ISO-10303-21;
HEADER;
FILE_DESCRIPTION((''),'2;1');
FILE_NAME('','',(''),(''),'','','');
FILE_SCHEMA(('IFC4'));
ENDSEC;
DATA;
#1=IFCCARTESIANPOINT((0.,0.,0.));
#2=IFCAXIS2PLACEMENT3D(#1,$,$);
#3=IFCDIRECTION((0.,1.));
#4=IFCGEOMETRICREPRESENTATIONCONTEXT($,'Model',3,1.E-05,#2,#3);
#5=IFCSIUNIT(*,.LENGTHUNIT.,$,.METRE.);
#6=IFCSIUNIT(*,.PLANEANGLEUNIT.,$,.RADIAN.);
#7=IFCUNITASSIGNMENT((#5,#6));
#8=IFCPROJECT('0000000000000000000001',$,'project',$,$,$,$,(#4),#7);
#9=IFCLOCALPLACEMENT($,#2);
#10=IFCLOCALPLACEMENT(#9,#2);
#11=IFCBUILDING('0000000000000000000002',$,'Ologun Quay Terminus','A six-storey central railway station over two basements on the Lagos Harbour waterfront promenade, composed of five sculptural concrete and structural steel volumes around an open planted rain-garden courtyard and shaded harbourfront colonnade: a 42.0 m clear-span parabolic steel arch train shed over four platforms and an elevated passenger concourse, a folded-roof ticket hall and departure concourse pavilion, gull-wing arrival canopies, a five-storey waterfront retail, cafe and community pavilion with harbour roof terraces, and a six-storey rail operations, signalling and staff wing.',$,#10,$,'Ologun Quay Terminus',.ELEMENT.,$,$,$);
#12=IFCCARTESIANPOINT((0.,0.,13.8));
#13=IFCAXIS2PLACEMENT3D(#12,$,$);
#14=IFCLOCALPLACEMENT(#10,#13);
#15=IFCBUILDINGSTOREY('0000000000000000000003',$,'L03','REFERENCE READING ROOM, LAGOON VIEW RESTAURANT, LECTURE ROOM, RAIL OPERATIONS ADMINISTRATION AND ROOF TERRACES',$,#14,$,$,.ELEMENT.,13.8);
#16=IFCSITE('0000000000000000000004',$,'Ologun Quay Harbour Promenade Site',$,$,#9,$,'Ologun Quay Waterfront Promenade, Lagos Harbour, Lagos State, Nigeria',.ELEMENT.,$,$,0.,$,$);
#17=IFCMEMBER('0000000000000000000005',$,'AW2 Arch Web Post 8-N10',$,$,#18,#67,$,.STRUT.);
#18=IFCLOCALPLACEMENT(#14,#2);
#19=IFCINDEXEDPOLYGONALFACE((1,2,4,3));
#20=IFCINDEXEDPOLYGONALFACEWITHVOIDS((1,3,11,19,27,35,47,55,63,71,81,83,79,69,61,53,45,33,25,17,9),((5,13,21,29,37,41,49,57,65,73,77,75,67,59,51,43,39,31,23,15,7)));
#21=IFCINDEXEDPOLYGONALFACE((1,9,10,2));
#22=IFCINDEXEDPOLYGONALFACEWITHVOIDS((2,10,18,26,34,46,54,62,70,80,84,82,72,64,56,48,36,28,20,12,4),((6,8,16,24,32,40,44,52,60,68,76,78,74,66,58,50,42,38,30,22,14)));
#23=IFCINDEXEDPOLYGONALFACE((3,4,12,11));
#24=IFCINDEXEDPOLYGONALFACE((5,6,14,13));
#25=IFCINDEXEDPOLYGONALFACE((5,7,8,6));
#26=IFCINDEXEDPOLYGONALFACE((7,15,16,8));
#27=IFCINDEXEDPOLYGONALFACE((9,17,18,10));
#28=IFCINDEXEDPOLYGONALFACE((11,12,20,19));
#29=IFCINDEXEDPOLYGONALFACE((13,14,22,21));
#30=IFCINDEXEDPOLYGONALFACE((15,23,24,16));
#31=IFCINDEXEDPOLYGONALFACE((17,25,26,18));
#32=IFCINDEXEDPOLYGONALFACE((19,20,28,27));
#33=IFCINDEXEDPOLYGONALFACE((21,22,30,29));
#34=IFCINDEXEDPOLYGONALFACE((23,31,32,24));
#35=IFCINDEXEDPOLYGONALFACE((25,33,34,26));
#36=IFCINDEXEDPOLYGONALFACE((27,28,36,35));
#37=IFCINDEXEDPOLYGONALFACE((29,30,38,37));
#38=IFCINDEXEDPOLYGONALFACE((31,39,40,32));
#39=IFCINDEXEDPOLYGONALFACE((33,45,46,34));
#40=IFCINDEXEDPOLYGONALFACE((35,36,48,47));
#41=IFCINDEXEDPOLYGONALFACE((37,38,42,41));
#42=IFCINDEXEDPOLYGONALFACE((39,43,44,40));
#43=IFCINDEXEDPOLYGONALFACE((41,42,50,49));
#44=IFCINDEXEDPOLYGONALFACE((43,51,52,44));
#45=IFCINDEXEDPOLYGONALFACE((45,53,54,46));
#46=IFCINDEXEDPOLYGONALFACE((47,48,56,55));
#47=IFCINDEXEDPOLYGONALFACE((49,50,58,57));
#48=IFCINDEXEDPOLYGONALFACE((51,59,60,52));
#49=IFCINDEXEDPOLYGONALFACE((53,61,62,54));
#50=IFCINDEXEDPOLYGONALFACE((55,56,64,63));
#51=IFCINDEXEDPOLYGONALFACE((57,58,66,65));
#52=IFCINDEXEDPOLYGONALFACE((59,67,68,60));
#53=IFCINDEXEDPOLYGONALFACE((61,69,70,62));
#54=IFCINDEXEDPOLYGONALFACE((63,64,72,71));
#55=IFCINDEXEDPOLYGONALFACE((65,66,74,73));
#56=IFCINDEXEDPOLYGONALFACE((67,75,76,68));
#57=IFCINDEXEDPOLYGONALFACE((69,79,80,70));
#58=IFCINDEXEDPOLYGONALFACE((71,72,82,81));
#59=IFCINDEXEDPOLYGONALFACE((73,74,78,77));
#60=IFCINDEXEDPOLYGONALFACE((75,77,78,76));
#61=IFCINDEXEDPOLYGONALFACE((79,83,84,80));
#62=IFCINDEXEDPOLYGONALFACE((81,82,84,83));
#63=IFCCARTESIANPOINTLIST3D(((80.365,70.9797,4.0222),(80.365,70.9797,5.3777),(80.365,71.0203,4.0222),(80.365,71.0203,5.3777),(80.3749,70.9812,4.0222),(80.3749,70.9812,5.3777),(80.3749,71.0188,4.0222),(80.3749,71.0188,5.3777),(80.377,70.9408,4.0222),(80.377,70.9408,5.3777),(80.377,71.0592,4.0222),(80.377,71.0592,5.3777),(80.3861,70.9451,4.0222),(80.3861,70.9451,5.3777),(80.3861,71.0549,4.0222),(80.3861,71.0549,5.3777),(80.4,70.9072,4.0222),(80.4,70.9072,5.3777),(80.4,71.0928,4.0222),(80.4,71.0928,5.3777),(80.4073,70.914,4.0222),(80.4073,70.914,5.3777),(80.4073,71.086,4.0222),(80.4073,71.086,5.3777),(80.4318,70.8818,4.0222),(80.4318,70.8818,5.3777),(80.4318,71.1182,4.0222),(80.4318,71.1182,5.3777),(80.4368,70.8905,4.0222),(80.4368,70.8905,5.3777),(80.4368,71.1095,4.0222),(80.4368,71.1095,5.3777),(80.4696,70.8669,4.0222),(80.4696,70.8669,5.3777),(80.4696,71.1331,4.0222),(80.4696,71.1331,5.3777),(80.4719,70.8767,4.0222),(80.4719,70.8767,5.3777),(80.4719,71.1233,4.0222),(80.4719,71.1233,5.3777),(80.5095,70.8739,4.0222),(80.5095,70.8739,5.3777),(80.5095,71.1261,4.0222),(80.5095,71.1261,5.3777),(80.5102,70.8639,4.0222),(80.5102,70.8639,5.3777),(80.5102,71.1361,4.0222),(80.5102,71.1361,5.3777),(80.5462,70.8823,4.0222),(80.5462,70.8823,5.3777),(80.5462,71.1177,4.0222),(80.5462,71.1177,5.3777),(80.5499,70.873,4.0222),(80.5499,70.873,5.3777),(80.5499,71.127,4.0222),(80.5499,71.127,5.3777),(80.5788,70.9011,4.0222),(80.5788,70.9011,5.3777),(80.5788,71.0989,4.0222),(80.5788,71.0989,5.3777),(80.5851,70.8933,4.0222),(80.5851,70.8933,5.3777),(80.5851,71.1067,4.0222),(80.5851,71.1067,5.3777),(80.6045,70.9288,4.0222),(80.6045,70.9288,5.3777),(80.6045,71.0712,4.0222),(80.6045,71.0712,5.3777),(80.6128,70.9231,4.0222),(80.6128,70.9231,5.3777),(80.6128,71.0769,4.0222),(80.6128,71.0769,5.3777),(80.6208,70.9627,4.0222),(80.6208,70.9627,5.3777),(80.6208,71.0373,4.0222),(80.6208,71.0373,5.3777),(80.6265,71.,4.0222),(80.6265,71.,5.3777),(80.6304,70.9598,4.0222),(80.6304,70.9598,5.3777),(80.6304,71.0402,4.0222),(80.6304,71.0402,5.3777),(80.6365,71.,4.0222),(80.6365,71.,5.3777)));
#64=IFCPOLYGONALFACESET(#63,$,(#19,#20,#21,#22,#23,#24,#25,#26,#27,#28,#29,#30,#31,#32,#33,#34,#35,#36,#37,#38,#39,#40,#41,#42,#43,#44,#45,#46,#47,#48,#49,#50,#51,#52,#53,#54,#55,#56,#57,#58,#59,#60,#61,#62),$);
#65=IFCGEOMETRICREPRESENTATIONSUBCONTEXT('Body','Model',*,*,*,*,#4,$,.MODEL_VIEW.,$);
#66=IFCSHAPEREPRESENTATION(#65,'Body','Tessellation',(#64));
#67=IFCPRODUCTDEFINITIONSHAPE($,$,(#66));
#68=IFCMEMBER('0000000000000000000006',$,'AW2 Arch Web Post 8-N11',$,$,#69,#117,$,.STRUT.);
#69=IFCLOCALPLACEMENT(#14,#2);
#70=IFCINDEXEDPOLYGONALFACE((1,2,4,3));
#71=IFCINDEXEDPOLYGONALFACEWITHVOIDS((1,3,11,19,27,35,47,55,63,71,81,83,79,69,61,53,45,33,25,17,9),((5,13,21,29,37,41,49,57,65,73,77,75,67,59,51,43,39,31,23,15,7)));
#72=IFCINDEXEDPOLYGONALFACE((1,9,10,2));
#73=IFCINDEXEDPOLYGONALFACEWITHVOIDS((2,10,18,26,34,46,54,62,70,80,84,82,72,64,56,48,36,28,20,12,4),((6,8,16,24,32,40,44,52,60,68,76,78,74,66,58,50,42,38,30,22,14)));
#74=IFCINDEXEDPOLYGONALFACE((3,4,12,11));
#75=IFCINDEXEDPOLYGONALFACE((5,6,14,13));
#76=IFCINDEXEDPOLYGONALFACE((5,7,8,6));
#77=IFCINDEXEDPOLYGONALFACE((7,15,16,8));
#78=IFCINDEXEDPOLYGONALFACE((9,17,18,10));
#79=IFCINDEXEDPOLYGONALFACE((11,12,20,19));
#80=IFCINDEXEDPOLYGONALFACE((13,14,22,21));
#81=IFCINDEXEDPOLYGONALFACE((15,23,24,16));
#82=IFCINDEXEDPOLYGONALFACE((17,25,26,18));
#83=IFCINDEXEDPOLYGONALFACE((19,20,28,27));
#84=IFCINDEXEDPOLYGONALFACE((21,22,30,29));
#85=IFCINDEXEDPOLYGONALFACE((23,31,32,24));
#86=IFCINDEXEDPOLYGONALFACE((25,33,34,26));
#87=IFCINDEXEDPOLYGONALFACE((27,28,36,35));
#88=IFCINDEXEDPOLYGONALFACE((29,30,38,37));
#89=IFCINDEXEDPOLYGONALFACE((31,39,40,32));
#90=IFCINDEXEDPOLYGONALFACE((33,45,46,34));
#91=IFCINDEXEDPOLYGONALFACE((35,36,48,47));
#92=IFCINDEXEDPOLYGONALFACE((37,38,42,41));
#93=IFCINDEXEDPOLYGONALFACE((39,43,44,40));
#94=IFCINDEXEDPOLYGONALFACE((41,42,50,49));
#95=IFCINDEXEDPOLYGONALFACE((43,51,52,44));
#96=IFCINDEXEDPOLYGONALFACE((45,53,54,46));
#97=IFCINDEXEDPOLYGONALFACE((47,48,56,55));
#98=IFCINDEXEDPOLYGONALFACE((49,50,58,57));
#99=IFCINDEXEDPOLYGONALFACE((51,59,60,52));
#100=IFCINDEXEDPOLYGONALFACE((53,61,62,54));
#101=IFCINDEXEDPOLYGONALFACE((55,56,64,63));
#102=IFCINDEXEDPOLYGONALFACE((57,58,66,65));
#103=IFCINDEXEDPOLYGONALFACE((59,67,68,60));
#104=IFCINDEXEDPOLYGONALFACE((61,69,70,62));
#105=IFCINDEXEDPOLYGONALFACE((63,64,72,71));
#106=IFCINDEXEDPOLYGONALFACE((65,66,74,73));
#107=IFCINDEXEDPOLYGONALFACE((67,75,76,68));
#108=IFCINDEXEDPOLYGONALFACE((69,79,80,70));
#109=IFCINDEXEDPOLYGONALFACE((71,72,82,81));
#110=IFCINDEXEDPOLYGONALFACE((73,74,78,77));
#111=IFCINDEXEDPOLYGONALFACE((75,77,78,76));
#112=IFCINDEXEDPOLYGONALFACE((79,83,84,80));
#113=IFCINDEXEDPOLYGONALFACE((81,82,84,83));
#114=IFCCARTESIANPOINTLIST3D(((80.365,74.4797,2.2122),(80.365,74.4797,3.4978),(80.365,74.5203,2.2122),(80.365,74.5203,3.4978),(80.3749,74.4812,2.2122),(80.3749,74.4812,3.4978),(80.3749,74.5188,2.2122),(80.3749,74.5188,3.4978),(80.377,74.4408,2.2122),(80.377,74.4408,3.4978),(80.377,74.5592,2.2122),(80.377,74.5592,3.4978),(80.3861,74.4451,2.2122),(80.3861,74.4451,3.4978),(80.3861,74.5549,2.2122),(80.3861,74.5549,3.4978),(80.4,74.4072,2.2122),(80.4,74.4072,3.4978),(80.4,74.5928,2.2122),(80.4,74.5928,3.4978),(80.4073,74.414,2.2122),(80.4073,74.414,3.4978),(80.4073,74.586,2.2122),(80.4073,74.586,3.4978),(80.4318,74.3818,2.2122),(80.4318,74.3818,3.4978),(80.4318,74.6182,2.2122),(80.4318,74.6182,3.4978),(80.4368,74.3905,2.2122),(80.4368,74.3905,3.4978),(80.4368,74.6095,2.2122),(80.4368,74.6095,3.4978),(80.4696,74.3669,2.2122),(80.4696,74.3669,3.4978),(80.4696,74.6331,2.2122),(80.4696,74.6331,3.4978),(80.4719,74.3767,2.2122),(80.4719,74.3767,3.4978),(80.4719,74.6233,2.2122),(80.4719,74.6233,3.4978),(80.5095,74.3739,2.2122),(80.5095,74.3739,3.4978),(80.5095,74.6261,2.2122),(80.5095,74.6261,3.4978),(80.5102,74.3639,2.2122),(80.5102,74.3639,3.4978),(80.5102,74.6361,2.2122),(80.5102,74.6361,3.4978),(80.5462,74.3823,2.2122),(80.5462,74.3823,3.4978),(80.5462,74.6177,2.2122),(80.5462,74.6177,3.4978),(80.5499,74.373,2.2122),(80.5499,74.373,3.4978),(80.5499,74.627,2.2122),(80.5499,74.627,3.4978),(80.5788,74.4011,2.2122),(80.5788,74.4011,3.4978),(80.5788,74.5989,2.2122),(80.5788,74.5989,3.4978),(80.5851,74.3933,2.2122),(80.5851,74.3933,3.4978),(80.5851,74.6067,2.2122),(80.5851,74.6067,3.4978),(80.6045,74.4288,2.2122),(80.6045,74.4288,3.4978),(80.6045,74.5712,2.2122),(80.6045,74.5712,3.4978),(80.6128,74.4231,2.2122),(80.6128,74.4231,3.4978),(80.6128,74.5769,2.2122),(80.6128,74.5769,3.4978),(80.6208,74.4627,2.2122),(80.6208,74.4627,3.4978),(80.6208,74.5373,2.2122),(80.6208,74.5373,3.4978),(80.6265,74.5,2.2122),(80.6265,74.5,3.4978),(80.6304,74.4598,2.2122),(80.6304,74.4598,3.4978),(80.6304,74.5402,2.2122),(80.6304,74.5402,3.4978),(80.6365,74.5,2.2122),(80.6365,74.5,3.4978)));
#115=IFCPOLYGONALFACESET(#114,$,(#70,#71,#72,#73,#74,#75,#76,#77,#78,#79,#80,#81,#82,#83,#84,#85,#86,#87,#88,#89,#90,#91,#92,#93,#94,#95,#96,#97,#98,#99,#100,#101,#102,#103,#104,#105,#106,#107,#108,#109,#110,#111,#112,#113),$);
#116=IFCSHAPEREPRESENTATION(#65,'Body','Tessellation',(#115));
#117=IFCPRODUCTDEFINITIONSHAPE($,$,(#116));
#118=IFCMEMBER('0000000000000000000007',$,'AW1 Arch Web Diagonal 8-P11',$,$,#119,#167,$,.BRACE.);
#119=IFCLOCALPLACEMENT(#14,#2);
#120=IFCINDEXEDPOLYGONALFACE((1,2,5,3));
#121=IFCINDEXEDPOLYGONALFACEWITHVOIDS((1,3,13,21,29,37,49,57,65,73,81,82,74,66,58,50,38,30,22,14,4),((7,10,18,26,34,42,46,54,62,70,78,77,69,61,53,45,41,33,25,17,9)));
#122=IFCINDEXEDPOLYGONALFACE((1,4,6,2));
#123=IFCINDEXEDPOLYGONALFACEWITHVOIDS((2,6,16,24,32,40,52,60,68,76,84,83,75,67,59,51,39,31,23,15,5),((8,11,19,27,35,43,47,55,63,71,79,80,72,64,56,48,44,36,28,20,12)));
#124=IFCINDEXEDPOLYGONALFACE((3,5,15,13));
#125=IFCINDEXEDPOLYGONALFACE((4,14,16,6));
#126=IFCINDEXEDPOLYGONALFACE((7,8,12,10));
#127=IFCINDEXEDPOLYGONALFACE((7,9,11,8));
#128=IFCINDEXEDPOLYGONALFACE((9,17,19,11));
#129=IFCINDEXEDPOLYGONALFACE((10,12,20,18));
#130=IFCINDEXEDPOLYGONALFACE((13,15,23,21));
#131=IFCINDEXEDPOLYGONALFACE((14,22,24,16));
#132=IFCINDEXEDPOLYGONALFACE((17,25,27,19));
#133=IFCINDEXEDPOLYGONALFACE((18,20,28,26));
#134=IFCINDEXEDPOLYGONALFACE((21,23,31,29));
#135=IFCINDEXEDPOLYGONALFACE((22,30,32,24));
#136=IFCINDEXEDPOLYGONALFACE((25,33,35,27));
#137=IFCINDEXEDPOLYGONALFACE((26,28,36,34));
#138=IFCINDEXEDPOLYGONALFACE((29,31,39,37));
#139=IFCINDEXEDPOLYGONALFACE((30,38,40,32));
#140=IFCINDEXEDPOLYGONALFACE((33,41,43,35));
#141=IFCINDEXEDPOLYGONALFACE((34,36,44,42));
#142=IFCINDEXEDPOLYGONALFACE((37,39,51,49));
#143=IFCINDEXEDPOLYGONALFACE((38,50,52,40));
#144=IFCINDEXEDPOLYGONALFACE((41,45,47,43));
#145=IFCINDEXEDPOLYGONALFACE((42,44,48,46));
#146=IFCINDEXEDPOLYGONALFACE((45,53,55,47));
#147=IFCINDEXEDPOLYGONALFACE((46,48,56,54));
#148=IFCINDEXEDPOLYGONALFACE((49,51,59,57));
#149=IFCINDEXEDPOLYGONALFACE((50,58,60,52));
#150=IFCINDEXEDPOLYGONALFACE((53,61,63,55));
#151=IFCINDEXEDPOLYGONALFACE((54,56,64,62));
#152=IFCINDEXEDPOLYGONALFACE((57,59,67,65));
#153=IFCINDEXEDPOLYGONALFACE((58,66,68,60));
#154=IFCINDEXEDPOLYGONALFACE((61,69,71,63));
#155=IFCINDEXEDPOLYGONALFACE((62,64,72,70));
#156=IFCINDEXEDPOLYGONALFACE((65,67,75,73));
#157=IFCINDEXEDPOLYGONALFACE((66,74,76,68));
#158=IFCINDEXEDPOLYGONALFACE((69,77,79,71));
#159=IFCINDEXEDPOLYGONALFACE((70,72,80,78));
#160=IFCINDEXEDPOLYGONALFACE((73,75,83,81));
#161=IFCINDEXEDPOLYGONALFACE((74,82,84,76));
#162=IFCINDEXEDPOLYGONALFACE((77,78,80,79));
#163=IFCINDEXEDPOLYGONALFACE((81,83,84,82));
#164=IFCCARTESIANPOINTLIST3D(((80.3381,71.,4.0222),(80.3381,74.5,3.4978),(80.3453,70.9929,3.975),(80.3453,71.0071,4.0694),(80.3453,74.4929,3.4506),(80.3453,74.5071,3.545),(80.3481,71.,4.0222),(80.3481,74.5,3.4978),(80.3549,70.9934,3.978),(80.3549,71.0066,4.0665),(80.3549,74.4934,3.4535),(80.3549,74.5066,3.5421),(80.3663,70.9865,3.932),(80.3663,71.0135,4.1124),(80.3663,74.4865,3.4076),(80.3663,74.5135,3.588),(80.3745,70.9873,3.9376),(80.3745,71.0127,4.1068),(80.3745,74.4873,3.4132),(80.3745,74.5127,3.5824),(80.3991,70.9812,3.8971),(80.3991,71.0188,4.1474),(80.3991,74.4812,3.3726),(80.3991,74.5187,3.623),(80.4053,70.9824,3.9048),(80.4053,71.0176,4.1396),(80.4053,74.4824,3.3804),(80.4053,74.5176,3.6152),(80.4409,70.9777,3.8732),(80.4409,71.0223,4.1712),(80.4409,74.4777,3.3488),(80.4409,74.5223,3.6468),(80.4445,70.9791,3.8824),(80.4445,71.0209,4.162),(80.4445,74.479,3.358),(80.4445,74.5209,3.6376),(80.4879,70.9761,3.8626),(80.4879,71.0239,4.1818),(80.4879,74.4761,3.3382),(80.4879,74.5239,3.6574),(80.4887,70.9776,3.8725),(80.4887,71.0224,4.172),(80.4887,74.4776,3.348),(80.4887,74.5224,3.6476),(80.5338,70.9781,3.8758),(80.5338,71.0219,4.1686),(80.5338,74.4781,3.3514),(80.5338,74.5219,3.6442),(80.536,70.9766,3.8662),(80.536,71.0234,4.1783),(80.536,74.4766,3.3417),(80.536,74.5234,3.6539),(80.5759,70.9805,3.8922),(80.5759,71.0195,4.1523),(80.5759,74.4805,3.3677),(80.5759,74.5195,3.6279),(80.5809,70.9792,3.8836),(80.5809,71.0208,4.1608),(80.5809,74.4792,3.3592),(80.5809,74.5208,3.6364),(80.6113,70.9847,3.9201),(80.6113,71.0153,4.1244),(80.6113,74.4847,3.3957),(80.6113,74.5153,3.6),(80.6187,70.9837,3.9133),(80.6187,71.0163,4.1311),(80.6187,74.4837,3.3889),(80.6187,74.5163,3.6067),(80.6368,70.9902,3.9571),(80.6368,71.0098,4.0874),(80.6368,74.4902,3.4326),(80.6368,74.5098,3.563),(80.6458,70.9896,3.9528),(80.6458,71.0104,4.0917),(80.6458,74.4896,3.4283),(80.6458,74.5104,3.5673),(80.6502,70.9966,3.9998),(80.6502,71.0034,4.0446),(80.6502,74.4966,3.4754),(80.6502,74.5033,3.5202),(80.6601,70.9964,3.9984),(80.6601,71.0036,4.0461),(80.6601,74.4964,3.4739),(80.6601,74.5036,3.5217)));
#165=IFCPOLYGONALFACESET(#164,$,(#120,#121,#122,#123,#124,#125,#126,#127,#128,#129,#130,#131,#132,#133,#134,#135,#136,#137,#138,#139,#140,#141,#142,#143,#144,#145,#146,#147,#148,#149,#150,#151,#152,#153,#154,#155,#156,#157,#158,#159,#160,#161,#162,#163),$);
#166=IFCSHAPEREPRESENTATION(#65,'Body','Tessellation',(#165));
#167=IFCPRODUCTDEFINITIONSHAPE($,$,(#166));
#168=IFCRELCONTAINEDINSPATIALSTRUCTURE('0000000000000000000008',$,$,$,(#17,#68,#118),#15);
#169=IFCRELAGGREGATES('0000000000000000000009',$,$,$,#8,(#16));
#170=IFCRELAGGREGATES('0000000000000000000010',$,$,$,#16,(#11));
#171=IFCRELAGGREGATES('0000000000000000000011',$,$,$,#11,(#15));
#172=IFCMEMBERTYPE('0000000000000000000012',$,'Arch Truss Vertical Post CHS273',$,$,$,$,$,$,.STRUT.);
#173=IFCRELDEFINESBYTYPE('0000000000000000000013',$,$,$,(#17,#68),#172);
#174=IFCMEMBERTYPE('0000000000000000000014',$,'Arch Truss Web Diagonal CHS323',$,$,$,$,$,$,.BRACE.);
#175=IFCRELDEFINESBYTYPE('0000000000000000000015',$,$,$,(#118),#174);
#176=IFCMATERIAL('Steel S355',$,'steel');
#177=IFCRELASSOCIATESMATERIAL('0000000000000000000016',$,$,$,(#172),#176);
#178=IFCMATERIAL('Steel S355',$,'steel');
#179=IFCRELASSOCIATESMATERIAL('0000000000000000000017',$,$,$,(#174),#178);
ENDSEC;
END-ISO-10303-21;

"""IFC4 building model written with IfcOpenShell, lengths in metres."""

from ifc_helpers import new_model, si_unit, direction, frame, origin, origin_2d, place, context, subcontext, project, spatial, hollow_circle, extrude, material, material_profile, profile_set, type_object, element, save


model = new_model("IFC4")

# Units and contexts
model_context = context("Model", 3, precision=1e-05, world=origin(), true_north=direction((0.0, 1.0)))
body_context = subcontext(model_context, "Body", "Model", "MODEL_VIEW")
ifc_project = project(units=[si_unit("LENGTHUNIT", "METRE"), si_unit("PLANEANGLEUNIT", "RADIAN")], contexts=[model_context])

# Site, building, storey
site_placement = place(None, origin())
site = spatial("IfcSite", under=ifc_project, at=site_placement, Name="Ologun Quay Harbour Promenade Site", LongName="Ologun Quay Waterfront Promenade, Lagos Harbour, Lagos State, Nigeria", CompositionType="ELEMENT", RefElevation=0.0)
building_placement = place(site_placement, origin())
building = spatial("IfcBuilding", under=site, at=building_placement, Name="Ologun Quay Terminus", Description="A six-storey central railway station over two basements on the Lagos Harbour waterfront promenade, composed of five sculptural concrete and structural steel volumes around an open planted rain-garden courtyard and shaded harbourfront colonnade: a 42.0 m clear-span parabolic steel arch train shed over four platforms and an elevated passenger concourse, a folded-roof ticket hall and departure concourse pavilion, gull-wing arrival canopies, a five-storey waterfront retail, cafe and community pavilion with harbour roof terraces, and a six-storey rail operations, signalling and staff wing.", LongName="Ologun Quay Terminus", CompositionType="ELEMENT")
storey_placement = place(building_placement, frame((0.0, 0.0, 13.8)))
storey = spatial("IfcBuildingStorey", under=building, at=storey_placement, Name="L03", Description="REFERENCE READING ROOM, LAGOON VIEW RESTAURANT, LECTURE ROOM, RAIL OPERATIONS ADMINISTRATION AND ROOF TERRACES", CompositionType="ELEMENT", Elevation=13.8)

# Members
ifc_material_1 = material(Name="Steel S355", Category="steel")
ifc_material_profile_1 = material_profile(ifc_material_1, hollow_circle(Radius=0.1365, WallThickness=0.01, at=origin_2d()), Name="CHS 273x10")
ifc_profile_set_1 = profile_set([ifc_material_profile_1], Name="Steel S355")
member_type_1 = type_object("IfcMemberType", Name="Arch Truss Vertical Post CHS273", PredefinedType="STRUT", material=ifc_profile_set_1)
member_1_placement = place(storey_placement, frame((80.5, 71.0, 4.0222), z_axis=(0.0, 0.0, 1.0), x_axis=(1.0, 0.0, 0.0)))
element("IfcMember", 1, at=member_1_placement, inside=storey, type_object=member_type_1, Name="AW2 Arch Web Post 8-N10", PredefinedType="STRUT", context=body_context, shape_type="SweptSolid", body=[
    extrude(hollow_circle(Radius=0.1365, WallThickness=0.01, at=origin_2d()), origin(), (0.0, 0.0, 1.0), 1.3555),
])
member_2_placement = place(storey_placement, frame((80.5, 74.5, 2.2122), z_axis=(0.0, 0.0, 1.0), x_axis=(1.0, 0.0, 0.0)))
element("IfcMember", 2, at=member_2_placement, inside=storey, type_object=member_type_1, Name="AW2 Arch Web Post 8-N11", PredefinedType="STRUT", context=body_context, shape_type="SweptSolid", body=[
    extrude(hollow_circle(Radius=0.1365, WallThickness=0.01, at=origin_2d()), origin(), (0.0, 0.0, 1.0), 1.2856),
])
ifc_material_2 = material(Name="Steel S355", Category="steel")
ifc_material_profile_2 = material_profile(ifc_material_2, hollow_circle(Radius=0.1619, WallThickness=0.01, at=origin_2d()), Name="CHS 323.9x10")
ifc_profile_set_2 = profile_set([ifc_material_profile_2], Name="Steel S355")
member_type_2 = type_object("IfcMemberType", Name="Arch Truss Web Diagonal CHS323", PredefinedType="BRACE", material=ifc_profile_set_2)
member_3_placement = place(storey_placement, frame((80.5, 71.0, 4.0222), z_axis=(0.0, 0.988961, -0.148179), x_axis=(-1.0, 0.0, 0.0)))
element("IfcMember", 3, at=member_3_placement, inside=storey, type_object=member_type_2, Name="AW1 Arch Web Diagonal 8-P11", PredefinedType="BRACE", context=body_context, shape_type="SweptSolid", body=[
    extrude(hollow_circle(Radius=0.1619, WallThickness=0.01, at=origin_2d()), origin(), (0.0, 0.0, 1.0), 3.5391),
])

save(model, "model.ifc")
